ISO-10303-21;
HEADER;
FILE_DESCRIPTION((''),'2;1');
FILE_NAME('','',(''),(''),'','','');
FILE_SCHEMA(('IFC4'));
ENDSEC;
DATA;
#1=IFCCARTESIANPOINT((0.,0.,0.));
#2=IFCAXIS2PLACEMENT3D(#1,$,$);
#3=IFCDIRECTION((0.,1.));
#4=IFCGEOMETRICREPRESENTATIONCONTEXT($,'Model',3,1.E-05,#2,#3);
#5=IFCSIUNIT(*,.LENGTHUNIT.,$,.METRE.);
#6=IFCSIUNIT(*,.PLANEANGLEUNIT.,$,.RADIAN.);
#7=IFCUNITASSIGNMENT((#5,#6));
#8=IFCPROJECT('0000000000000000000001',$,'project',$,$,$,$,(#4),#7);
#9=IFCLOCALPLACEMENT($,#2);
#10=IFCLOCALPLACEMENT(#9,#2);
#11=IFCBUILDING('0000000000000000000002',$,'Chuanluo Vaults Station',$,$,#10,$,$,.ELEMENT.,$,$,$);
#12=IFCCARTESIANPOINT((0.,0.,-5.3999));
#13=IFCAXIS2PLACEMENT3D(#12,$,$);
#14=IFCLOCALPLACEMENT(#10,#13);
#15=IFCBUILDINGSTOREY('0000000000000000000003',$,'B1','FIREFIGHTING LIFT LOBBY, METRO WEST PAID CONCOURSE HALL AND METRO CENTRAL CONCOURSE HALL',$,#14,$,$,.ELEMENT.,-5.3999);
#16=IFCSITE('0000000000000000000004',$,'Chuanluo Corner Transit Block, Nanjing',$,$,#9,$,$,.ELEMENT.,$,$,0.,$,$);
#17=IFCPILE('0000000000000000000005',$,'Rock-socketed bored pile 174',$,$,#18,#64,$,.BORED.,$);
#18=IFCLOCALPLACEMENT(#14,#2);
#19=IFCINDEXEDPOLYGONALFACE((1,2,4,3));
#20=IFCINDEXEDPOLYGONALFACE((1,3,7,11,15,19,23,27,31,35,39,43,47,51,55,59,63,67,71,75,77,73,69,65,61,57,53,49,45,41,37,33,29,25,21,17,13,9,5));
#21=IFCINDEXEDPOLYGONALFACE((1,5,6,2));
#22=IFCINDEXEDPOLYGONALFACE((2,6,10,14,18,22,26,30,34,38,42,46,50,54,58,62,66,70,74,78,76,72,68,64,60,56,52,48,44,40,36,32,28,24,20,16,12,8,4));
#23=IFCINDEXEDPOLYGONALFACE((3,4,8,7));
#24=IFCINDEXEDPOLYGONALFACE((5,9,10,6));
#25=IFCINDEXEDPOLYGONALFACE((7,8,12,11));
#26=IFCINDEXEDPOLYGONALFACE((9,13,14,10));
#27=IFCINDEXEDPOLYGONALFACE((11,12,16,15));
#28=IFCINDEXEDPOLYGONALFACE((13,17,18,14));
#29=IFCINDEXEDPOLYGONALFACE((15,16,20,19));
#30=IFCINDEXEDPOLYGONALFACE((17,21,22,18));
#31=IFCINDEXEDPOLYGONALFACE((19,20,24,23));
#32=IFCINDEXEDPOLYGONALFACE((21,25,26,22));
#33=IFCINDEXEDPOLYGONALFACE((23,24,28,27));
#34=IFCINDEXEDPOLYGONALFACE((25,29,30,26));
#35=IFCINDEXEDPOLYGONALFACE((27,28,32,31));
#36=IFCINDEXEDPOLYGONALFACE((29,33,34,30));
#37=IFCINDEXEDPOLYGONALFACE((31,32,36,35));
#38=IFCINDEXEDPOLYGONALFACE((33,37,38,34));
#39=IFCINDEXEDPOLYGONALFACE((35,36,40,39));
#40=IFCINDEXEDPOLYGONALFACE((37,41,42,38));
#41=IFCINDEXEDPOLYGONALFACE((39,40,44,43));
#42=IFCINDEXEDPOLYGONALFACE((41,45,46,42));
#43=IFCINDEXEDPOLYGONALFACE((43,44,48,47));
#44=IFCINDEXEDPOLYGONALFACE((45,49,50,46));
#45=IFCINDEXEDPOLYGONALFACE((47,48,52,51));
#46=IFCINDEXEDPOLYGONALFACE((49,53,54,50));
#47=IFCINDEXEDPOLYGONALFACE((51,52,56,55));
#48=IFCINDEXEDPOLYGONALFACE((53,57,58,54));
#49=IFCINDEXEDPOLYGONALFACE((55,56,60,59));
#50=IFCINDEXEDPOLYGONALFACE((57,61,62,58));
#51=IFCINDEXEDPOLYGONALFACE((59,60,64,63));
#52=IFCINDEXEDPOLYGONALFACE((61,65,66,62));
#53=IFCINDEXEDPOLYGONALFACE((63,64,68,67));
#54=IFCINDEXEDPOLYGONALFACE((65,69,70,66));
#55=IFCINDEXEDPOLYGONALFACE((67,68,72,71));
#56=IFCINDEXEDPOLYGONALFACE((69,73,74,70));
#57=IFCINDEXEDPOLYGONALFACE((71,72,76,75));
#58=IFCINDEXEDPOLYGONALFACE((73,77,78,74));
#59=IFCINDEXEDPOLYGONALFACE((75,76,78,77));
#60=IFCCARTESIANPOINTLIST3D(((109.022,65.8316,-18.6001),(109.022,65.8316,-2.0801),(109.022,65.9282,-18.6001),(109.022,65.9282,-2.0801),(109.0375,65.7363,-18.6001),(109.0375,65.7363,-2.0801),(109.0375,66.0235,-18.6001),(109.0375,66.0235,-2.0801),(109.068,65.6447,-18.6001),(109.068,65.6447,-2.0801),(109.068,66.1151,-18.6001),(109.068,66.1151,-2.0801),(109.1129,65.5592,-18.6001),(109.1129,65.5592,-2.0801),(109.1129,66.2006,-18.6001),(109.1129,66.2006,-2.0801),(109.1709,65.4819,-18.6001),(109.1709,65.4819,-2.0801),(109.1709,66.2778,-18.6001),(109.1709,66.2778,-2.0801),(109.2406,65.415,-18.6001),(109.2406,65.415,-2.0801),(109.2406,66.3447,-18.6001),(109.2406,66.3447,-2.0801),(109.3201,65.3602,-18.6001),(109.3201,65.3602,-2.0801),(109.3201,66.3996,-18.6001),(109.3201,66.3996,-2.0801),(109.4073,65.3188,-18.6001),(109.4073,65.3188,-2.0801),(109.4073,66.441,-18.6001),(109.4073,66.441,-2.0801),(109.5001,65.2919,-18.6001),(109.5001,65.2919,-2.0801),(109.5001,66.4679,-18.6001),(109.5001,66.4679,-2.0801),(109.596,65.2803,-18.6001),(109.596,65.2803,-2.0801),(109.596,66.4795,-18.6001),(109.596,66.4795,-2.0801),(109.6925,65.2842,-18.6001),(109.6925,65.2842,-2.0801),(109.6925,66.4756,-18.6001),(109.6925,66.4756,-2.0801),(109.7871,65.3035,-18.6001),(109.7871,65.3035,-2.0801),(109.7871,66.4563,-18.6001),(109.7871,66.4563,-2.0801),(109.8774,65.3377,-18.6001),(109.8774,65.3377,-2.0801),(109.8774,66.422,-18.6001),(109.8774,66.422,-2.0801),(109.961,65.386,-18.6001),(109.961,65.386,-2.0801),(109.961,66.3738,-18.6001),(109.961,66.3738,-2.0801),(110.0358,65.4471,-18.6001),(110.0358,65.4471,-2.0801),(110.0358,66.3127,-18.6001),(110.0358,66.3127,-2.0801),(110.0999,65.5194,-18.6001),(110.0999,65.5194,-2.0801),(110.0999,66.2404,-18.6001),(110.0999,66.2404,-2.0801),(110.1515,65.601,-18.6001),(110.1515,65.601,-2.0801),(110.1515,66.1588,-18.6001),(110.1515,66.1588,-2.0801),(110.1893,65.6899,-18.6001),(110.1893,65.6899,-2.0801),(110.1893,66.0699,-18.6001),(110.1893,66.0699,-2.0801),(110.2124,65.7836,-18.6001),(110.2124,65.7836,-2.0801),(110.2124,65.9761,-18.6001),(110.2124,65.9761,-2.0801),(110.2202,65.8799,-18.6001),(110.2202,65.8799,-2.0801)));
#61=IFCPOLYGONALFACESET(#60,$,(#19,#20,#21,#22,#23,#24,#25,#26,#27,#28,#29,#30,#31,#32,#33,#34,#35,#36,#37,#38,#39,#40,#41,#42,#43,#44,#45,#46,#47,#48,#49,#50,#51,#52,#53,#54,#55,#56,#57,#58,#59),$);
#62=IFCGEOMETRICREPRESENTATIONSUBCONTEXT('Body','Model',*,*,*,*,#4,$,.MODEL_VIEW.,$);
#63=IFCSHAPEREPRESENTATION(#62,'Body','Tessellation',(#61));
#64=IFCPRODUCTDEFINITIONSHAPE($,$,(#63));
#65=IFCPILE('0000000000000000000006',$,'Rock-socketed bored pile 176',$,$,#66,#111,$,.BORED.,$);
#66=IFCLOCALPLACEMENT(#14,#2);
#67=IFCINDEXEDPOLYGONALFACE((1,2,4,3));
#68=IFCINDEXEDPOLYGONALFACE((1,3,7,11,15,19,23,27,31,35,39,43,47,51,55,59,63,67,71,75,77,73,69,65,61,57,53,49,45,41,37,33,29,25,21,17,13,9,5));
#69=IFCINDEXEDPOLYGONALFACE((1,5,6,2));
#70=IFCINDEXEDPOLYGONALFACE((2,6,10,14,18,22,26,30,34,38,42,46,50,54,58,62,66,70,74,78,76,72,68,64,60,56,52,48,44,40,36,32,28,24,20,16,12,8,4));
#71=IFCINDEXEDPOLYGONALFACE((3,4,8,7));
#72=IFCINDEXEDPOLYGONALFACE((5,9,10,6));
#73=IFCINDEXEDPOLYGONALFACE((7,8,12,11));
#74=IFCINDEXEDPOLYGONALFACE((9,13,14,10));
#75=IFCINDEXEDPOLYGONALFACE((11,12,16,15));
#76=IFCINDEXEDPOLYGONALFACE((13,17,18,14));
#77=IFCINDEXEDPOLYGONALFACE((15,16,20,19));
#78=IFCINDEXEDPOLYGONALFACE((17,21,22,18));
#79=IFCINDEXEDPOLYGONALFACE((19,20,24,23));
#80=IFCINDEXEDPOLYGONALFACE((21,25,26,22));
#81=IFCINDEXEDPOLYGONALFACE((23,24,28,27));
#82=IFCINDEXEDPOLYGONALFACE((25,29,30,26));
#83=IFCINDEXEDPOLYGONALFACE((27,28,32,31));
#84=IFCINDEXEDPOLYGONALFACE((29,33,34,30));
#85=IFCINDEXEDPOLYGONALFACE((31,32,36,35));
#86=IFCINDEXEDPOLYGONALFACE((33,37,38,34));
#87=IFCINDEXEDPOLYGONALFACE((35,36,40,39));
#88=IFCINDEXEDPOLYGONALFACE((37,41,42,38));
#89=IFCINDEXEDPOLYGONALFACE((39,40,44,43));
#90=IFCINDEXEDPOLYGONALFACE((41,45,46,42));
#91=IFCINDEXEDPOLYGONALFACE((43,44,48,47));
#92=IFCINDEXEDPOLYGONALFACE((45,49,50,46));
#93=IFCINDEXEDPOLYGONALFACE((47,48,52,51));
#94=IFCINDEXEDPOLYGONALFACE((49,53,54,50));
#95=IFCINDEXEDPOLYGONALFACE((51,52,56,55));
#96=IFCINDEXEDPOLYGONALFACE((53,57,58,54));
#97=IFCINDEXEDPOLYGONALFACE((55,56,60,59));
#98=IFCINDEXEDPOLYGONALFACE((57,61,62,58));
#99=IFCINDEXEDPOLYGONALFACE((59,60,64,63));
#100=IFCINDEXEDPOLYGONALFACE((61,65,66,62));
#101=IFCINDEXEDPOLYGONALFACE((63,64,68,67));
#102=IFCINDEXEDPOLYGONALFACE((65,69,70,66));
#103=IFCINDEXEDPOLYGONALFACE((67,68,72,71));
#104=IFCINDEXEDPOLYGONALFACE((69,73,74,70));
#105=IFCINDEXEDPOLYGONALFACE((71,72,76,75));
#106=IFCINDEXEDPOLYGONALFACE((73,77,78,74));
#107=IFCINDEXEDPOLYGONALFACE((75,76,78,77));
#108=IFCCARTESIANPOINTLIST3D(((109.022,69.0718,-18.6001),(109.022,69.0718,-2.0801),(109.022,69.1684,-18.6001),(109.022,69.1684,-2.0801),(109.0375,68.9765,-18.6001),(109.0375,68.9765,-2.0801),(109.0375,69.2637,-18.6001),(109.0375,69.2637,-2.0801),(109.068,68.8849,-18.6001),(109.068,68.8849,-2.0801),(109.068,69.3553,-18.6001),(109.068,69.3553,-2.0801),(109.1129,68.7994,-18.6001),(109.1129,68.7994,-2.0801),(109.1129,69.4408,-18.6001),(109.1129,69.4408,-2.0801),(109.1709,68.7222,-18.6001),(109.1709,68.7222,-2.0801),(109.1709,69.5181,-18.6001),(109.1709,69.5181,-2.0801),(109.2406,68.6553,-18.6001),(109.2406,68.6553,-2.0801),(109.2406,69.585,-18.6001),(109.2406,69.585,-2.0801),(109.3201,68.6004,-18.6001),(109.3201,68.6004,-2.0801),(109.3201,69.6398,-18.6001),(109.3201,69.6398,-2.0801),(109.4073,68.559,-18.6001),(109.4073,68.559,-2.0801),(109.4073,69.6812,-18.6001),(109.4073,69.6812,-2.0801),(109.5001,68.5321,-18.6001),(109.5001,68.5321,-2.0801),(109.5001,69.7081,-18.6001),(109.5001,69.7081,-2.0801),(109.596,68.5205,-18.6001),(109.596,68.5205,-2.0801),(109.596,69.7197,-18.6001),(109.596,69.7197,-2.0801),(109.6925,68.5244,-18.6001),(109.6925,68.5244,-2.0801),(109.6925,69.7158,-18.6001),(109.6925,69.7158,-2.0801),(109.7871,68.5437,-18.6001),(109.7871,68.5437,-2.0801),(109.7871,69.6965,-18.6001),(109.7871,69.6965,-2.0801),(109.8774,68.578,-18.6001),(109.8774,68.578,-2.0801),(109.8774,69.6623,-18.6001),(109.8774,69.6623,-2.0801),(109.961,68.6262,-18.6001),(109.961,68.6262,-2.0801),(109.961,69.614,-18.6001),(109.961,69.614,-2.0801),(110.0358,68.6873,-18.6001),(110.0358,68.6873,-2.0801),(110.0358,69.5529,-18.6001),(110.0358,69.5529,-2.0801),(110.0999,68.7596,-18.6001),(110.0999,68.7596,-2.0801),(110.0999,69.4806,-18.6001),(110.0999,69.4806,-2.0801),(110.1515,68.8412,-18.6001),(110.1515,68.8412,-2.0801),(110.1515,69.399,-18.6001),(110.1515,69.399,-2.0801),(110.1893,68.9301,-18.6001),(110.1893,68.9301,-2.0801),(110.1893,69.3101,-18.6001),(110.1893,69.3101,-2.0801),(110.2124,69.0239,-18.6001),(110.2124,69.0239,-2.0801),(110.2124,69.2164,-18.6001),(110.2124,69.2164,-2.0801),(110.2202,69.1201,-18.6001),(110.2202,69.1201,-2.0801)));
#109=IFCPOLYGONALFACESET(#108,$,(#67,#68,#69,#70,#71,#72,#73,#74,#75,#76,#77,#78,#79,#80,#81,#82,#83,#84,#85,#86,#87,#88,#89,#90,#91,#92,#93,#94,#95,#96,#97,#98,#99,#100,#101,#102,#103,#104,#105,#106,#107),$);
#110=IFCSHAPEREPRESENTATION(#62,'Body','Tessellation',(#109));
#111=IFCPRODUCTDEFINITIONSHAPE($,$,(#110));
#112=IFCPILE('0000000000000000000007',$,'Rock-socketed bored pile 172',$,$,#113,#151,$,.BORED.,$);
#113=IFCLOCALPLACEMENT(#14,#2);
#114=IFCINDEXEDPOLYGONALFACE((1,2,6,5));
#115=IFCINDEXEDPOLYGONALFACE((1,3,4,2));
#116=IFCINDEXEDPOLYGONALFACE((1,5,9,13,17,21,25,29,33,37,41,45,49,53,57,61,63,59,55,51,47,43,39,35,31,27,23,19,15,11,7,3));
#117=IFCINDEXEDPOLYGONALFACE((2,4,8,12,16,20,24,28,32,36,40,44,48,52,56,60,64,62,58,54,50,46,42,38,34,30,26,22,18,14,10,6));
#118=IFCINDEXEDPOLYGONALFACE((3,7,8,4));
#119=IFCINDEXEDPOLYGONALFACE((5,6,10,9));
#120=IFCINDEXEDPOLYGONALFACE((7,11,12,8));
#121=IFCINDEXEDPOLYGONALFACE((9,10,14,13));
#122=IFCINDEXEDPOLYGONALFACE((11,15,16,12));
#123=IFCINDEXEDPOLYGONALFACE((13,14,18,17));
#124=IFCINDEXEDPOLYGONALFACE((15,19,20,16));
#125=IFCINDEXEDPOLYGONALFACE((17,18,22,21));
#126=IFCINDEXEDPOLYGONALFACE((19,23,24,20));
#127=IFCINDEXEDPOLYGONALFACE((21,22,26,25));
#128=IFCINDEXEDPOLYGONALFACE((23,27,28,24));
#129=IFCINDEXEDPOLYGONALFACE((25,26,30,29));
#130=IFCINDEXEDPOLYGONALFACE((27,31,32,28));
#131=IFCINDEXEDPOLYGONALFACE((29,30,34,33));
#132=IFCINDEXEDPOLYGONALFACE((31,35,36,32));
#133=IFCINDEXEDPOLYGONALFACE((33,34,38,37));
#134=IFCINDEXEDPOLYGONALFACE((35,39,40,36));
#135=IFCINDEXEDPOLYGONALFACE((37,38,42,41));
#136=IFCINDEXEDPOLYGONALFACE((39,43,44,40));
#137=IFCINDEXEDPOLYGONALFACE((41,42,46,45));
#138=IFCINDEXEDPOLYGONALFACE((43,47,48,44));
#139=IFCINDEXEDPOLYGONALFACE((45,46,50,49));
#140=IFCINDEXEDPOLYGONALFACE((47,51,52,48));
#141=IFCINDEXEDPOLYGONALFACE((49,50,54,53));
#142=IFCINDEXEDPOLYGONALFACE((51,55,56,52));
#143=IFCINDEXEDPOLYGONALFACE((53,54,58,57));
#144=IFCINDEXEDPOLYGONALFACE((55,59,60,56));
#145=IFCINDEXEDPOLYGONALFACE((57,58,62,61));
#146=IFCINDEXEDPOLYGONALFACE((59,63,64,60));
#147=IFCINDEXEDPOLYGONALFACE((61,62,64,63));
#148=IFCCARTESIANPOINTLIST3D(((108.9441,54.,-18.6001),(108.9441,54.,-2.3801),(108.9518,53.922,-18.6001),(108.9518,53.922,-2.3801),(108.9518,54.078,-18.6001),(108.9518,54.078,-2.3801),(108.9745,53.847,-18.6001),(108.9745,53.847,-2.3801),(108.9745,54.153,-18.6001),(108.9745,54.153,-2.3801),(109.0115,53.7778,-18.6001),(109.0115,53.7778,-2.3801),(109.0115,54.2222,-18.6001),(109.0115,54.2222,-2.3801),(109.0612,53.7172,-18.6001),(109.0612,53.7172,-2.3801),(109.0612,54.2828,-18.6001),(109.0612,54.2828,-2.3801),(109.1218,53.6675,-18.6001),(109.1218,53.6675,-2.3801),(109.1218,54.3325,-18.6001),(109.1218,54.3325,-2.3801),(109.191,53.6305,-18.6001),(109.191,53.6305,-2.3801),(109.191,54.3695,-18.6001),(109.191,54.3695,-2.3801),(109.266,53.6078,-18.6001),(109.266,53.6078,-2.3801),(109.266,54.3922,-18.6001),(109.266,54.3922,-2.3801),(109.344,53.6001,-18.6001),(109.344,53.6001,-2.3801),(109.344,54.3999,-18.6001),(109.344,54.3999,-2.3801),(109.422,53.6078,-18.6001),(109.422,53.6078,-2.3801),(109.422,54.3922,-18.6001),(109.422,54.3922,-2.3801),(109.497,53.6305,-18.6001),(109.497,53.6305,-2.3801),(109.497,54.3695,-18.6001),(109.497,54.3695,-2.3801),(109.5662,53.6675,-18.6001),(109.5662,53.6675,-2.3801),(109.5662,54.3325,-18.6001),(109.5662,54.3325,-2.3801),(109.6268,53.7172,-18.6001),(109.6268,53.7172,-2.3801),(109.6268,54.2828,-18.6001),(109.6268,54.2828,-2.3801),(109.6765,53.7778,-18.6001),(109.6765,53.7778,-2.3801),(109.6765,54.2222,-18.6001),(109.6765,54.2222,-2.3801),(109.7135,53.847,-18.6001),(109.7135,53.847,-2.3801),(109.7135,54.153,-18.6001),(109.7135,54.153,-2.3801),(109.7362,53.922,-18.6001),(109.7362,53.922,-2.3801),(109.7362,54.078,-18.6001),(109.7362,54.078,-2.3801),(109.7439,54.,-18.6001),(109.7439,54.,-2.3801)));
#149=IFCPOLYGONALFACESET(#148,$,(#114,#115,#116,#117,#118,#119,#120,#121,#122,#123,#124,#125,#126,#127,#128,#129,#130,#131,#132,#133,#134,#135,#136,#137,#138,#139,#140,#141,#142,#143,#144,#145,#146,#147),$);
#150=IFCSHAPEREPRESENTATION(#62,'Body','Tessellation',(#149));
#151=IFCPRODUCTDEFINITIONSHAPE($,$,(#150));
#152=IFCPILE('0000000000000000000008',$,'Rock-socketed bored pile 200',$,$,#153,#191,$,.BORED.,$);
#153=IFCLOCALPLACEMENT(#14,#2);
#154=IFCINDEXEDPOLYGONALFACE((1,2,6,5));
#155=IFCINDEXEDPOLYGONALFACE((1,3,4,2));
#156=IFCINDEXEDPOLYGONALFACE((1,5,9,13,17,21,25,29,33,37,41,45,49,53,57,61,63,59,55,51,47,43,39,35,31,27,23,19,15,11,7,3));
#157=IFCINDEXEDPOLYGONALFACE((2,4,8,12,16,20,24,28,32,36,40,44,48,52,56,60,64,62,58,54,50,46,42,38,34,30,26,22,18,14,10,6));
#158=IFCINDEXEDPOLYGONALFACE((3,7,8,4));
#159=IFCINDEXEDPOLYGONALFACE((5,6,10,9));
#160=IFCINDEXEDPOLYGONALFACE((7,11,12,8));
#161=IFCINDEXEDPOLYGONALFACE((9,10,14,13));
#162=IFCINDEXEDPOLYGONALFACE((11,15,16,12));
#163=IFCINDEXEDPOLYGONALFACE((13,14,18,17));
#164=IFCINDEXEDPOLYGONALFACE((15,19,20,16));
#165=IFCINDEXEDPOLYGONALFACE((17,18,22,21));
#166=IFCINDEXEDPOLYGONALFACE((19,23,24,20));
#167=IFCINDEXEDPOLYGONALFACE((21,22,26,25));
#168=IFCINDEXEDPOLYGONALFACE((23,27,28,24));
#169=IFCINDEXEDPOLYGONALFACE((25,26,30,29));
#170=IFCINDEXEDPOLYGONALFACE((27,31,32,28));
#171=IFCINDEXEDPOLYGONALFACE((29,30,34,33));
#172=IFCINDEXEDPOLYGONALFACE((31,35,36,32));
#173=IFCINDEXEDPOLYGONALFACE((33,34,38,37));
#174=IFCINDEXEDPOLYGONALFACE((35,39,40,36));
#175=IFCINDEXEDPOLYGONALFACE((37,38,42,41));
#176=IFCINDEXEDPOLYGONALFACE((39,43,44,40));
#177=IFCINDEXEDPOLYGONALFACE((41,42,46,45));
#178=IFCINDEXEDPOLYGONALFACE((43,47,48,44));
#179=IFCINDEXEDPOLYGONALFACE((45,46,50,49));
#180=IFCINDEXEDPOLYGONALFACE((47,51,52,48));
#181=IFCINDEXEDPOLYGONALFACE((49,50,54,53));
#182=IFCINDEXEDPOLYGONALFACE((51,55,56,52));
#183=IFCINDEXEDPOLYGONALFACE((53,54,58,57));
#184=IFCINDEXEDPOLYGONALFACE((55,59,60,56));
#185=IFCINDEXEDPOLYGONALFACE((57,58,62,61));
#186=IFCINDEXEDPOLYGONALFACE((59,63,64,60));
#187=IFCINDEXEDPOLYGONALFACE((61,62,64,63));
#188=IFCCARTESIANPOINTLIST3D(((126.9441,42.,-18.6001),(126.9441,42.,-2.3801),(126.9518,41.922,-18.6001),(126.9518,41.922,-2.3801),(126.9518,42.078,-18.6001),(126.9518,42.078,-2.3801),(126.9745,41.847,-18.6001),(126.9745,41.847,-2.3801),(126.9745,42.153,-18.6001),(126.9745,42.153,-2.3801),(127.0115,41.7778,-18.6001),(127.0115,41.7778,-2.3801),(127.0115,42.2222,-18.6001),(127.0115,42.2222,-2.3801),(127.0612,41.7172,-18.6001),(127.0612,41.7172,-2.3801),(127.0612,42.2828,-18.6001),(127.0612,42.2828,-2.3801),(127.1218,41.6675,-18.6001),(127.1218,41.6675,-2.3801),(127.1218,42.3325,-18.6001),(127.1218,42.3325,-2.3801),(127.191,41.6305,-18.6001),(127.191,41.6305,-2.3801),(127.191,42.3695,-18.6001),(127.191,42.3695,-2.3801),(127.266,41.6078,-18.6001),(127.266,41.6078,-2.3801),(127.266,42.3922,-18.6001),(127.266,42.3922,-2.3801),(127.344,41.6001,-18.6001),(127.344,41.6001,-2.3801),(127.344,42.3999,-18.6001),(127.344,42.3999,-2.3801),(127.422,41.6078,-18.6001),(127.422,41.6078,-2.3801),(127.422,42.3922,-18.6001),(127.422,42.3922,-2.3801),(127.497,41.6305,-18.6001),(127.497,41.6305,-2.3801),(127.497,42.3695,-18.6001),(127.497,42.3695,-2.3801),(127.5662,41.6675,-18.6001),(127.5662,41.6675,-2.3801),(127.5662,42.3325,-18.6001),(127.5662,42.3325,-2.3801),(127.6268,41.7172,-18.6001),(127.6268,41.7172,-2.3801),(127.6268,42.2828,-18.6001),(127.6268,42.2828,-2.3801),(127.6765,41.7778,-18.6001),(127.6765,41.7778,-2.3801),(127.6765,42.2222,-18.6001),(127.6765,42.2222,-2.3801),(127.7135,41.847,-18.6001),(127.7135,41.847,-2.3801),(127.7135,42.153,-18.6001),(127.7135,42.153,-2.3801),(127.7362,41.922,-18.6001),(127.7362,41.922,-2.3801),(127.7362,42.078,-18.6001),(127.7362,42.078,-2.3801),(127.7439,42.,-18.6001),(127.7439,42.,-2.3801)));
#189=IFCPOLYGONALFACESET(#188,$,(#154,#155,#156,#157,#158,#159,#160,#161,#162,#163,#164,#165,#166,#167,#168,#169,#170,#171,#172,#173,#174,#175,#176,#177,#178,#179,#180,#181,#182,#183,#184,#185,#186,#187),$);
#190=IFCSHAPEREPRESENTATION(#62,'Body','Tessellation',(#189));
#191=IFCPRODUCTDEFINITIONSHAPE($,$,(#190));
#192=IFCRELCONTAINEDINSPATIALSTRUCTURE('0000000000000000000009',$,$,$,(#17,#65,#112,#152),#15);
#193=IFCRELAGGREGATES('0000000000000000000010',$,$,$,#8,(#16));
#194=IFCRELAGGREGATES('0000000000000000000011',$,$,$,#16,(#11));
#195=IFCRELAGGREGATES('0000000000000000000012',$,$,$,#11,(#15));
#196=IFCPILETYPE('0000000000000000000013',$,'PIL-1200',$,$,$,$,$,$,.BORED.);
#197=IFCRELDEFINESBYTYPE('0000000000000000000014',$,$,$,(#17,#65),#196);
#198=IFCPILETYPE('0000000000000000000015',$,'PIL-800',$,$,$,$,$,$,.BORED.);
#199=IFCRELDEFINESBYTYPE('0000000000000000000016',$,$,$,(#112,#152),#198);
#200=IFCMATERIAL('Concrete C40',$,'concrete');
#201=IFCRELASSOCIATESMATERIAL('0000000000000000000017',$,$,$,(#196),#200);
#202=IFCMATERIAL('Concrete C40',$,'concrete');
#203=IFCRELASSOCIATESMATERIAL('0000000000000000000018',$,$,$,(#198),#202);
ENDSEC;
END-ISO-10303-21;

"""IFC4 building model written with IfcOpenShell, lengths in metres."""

from ifc_helpers import new_model, si_unit, direction, frame, origin, origin_2d, place, context, subcontext, project, spatial, circle, extrude, material, material_profile, profile_set, type_object, element, save


model = new_model("IFC4")

# Units and contexts
model_context = context("Model", 3, precision=1e-05, world=origin(), true_north=direction((0.0, 1.0)))
body_context = subcontext(model_context, "Body", "Model", "MODEL_VIEW")
ifc_project = project(units=[si_unit("LENGTHUNIT", "METRE"), si_unit("PLANEANGLEUNIT", "RADIAN")], contexts=[model_context])

# Site, building, storey
site_placement = place(None, origin())
site = spatial("IfcSite", under=ifc_project, at=site_placement, Name="Chuanluo Corner Transit Block, Nanjing", CompositionType="ELEMENT", RefElevation=0.0)
building_placement = place(site_placement, origin())
building = spatial("IfcBuilding", under=site, at=building_placement, Name="Chuanluo Vaults Station", CompositionType="ELEMENT")
storey_placement = place(building_placement, frame((0.0, 0.0, -5.3999)))
storey = spatial("IfcBuildingStorey", under=building, at=storey_placement, Name="B1", Description="FIREFIGHTING LIFT LOBBY, METRO WEST PAID CONCOURSE HALL AND METRO CENTRAL CONCOURSE HALL", CompositionType="ELEMENT", Elevation=-5.3999)

# Piles
ifc_material_1 = material(Name="Concrete C40", Category="concrete")
ifc_material_profile_1 = material_profile(ifc_material_1, circle(Radius=0.6001, at=origin_2d()))
ifc_profile_set_1 = profile_set([ifc_material_profile_1], Name="Concrete C40")
pile_type_1 = type_object("IfcPileType", Name="PIL-1200", PredefinedType="BORED", material=ifc_profile_set_1)
for number, where, z_axis, x_axis, name in (
    (1, (109.6201, 65.8799, -2.0801), (0.0, 0.0, -1.0), (1.0, 0.0, 0.0), "Rock-socketed bored pile 174"),
    (2, (109.6201, 69.1201, -2.0801), (0.0, 0.0, -1.0), (1.0, 0.0, 0.0), "Rock-socketed bored pile 176"),
):
    element("IfcPile", number, at=place(storey_placement, frame(where, z_axis=z_axis, x_axis=x_axis)), inside=storey, type_object=pile_type_1, Name=name, PredefinedType="BORED", context=body_context, shape_type="SweptSolid", body=[
        extrude(circle(Radius=0.6001, at=origin_2d()), origin(), (0.0, 0.0, 1.0), 16.52),
    ])
ifc_material_2 = material(Name="Concrete C40", Category="concrete")
ifc_material_profile_2 = material_profile(ifc_material_2, circle(Radius=0.3999, at=origin_2d()))
ifc_profile_set_2 = profile_set([ifc_material_profile_2], Name="Concrete C40")
pile_type_2 = type_object("IfcPileType", Name="PIL-800", PredefinedType="BORED", material=ifc_profile_set_2)
for number, where, z_axis, x_axis, name in (
    (3, (109.344, 54.0, -2.3801), (0.0, 0.0, -1.0), (1.0, 0.0, 0.0), "Rock-socketed bored pile 172"),
    (4, (127.344, 42.0, -2.3801), (0.0, 0.0, -1.0), (1.0, 0.0, 0.0), "Rock-socketed bored pile 200"),
):
    element("IfcPile", number, at=place(storey_placement, frame(where, z_axis=z_axis, x_axis=x_axis)), inside=storey, type_object=pile_type_2, Name=name, PredefinedType="BORED", context=body_context, shape_type="SweptSolid", body=[
        extrude(circle(Radius=0.3999, at=origin_2d()), origin(), (0.0, 0.0, 1.0), 16.22),
    ])

save(model, "model.ifc")
